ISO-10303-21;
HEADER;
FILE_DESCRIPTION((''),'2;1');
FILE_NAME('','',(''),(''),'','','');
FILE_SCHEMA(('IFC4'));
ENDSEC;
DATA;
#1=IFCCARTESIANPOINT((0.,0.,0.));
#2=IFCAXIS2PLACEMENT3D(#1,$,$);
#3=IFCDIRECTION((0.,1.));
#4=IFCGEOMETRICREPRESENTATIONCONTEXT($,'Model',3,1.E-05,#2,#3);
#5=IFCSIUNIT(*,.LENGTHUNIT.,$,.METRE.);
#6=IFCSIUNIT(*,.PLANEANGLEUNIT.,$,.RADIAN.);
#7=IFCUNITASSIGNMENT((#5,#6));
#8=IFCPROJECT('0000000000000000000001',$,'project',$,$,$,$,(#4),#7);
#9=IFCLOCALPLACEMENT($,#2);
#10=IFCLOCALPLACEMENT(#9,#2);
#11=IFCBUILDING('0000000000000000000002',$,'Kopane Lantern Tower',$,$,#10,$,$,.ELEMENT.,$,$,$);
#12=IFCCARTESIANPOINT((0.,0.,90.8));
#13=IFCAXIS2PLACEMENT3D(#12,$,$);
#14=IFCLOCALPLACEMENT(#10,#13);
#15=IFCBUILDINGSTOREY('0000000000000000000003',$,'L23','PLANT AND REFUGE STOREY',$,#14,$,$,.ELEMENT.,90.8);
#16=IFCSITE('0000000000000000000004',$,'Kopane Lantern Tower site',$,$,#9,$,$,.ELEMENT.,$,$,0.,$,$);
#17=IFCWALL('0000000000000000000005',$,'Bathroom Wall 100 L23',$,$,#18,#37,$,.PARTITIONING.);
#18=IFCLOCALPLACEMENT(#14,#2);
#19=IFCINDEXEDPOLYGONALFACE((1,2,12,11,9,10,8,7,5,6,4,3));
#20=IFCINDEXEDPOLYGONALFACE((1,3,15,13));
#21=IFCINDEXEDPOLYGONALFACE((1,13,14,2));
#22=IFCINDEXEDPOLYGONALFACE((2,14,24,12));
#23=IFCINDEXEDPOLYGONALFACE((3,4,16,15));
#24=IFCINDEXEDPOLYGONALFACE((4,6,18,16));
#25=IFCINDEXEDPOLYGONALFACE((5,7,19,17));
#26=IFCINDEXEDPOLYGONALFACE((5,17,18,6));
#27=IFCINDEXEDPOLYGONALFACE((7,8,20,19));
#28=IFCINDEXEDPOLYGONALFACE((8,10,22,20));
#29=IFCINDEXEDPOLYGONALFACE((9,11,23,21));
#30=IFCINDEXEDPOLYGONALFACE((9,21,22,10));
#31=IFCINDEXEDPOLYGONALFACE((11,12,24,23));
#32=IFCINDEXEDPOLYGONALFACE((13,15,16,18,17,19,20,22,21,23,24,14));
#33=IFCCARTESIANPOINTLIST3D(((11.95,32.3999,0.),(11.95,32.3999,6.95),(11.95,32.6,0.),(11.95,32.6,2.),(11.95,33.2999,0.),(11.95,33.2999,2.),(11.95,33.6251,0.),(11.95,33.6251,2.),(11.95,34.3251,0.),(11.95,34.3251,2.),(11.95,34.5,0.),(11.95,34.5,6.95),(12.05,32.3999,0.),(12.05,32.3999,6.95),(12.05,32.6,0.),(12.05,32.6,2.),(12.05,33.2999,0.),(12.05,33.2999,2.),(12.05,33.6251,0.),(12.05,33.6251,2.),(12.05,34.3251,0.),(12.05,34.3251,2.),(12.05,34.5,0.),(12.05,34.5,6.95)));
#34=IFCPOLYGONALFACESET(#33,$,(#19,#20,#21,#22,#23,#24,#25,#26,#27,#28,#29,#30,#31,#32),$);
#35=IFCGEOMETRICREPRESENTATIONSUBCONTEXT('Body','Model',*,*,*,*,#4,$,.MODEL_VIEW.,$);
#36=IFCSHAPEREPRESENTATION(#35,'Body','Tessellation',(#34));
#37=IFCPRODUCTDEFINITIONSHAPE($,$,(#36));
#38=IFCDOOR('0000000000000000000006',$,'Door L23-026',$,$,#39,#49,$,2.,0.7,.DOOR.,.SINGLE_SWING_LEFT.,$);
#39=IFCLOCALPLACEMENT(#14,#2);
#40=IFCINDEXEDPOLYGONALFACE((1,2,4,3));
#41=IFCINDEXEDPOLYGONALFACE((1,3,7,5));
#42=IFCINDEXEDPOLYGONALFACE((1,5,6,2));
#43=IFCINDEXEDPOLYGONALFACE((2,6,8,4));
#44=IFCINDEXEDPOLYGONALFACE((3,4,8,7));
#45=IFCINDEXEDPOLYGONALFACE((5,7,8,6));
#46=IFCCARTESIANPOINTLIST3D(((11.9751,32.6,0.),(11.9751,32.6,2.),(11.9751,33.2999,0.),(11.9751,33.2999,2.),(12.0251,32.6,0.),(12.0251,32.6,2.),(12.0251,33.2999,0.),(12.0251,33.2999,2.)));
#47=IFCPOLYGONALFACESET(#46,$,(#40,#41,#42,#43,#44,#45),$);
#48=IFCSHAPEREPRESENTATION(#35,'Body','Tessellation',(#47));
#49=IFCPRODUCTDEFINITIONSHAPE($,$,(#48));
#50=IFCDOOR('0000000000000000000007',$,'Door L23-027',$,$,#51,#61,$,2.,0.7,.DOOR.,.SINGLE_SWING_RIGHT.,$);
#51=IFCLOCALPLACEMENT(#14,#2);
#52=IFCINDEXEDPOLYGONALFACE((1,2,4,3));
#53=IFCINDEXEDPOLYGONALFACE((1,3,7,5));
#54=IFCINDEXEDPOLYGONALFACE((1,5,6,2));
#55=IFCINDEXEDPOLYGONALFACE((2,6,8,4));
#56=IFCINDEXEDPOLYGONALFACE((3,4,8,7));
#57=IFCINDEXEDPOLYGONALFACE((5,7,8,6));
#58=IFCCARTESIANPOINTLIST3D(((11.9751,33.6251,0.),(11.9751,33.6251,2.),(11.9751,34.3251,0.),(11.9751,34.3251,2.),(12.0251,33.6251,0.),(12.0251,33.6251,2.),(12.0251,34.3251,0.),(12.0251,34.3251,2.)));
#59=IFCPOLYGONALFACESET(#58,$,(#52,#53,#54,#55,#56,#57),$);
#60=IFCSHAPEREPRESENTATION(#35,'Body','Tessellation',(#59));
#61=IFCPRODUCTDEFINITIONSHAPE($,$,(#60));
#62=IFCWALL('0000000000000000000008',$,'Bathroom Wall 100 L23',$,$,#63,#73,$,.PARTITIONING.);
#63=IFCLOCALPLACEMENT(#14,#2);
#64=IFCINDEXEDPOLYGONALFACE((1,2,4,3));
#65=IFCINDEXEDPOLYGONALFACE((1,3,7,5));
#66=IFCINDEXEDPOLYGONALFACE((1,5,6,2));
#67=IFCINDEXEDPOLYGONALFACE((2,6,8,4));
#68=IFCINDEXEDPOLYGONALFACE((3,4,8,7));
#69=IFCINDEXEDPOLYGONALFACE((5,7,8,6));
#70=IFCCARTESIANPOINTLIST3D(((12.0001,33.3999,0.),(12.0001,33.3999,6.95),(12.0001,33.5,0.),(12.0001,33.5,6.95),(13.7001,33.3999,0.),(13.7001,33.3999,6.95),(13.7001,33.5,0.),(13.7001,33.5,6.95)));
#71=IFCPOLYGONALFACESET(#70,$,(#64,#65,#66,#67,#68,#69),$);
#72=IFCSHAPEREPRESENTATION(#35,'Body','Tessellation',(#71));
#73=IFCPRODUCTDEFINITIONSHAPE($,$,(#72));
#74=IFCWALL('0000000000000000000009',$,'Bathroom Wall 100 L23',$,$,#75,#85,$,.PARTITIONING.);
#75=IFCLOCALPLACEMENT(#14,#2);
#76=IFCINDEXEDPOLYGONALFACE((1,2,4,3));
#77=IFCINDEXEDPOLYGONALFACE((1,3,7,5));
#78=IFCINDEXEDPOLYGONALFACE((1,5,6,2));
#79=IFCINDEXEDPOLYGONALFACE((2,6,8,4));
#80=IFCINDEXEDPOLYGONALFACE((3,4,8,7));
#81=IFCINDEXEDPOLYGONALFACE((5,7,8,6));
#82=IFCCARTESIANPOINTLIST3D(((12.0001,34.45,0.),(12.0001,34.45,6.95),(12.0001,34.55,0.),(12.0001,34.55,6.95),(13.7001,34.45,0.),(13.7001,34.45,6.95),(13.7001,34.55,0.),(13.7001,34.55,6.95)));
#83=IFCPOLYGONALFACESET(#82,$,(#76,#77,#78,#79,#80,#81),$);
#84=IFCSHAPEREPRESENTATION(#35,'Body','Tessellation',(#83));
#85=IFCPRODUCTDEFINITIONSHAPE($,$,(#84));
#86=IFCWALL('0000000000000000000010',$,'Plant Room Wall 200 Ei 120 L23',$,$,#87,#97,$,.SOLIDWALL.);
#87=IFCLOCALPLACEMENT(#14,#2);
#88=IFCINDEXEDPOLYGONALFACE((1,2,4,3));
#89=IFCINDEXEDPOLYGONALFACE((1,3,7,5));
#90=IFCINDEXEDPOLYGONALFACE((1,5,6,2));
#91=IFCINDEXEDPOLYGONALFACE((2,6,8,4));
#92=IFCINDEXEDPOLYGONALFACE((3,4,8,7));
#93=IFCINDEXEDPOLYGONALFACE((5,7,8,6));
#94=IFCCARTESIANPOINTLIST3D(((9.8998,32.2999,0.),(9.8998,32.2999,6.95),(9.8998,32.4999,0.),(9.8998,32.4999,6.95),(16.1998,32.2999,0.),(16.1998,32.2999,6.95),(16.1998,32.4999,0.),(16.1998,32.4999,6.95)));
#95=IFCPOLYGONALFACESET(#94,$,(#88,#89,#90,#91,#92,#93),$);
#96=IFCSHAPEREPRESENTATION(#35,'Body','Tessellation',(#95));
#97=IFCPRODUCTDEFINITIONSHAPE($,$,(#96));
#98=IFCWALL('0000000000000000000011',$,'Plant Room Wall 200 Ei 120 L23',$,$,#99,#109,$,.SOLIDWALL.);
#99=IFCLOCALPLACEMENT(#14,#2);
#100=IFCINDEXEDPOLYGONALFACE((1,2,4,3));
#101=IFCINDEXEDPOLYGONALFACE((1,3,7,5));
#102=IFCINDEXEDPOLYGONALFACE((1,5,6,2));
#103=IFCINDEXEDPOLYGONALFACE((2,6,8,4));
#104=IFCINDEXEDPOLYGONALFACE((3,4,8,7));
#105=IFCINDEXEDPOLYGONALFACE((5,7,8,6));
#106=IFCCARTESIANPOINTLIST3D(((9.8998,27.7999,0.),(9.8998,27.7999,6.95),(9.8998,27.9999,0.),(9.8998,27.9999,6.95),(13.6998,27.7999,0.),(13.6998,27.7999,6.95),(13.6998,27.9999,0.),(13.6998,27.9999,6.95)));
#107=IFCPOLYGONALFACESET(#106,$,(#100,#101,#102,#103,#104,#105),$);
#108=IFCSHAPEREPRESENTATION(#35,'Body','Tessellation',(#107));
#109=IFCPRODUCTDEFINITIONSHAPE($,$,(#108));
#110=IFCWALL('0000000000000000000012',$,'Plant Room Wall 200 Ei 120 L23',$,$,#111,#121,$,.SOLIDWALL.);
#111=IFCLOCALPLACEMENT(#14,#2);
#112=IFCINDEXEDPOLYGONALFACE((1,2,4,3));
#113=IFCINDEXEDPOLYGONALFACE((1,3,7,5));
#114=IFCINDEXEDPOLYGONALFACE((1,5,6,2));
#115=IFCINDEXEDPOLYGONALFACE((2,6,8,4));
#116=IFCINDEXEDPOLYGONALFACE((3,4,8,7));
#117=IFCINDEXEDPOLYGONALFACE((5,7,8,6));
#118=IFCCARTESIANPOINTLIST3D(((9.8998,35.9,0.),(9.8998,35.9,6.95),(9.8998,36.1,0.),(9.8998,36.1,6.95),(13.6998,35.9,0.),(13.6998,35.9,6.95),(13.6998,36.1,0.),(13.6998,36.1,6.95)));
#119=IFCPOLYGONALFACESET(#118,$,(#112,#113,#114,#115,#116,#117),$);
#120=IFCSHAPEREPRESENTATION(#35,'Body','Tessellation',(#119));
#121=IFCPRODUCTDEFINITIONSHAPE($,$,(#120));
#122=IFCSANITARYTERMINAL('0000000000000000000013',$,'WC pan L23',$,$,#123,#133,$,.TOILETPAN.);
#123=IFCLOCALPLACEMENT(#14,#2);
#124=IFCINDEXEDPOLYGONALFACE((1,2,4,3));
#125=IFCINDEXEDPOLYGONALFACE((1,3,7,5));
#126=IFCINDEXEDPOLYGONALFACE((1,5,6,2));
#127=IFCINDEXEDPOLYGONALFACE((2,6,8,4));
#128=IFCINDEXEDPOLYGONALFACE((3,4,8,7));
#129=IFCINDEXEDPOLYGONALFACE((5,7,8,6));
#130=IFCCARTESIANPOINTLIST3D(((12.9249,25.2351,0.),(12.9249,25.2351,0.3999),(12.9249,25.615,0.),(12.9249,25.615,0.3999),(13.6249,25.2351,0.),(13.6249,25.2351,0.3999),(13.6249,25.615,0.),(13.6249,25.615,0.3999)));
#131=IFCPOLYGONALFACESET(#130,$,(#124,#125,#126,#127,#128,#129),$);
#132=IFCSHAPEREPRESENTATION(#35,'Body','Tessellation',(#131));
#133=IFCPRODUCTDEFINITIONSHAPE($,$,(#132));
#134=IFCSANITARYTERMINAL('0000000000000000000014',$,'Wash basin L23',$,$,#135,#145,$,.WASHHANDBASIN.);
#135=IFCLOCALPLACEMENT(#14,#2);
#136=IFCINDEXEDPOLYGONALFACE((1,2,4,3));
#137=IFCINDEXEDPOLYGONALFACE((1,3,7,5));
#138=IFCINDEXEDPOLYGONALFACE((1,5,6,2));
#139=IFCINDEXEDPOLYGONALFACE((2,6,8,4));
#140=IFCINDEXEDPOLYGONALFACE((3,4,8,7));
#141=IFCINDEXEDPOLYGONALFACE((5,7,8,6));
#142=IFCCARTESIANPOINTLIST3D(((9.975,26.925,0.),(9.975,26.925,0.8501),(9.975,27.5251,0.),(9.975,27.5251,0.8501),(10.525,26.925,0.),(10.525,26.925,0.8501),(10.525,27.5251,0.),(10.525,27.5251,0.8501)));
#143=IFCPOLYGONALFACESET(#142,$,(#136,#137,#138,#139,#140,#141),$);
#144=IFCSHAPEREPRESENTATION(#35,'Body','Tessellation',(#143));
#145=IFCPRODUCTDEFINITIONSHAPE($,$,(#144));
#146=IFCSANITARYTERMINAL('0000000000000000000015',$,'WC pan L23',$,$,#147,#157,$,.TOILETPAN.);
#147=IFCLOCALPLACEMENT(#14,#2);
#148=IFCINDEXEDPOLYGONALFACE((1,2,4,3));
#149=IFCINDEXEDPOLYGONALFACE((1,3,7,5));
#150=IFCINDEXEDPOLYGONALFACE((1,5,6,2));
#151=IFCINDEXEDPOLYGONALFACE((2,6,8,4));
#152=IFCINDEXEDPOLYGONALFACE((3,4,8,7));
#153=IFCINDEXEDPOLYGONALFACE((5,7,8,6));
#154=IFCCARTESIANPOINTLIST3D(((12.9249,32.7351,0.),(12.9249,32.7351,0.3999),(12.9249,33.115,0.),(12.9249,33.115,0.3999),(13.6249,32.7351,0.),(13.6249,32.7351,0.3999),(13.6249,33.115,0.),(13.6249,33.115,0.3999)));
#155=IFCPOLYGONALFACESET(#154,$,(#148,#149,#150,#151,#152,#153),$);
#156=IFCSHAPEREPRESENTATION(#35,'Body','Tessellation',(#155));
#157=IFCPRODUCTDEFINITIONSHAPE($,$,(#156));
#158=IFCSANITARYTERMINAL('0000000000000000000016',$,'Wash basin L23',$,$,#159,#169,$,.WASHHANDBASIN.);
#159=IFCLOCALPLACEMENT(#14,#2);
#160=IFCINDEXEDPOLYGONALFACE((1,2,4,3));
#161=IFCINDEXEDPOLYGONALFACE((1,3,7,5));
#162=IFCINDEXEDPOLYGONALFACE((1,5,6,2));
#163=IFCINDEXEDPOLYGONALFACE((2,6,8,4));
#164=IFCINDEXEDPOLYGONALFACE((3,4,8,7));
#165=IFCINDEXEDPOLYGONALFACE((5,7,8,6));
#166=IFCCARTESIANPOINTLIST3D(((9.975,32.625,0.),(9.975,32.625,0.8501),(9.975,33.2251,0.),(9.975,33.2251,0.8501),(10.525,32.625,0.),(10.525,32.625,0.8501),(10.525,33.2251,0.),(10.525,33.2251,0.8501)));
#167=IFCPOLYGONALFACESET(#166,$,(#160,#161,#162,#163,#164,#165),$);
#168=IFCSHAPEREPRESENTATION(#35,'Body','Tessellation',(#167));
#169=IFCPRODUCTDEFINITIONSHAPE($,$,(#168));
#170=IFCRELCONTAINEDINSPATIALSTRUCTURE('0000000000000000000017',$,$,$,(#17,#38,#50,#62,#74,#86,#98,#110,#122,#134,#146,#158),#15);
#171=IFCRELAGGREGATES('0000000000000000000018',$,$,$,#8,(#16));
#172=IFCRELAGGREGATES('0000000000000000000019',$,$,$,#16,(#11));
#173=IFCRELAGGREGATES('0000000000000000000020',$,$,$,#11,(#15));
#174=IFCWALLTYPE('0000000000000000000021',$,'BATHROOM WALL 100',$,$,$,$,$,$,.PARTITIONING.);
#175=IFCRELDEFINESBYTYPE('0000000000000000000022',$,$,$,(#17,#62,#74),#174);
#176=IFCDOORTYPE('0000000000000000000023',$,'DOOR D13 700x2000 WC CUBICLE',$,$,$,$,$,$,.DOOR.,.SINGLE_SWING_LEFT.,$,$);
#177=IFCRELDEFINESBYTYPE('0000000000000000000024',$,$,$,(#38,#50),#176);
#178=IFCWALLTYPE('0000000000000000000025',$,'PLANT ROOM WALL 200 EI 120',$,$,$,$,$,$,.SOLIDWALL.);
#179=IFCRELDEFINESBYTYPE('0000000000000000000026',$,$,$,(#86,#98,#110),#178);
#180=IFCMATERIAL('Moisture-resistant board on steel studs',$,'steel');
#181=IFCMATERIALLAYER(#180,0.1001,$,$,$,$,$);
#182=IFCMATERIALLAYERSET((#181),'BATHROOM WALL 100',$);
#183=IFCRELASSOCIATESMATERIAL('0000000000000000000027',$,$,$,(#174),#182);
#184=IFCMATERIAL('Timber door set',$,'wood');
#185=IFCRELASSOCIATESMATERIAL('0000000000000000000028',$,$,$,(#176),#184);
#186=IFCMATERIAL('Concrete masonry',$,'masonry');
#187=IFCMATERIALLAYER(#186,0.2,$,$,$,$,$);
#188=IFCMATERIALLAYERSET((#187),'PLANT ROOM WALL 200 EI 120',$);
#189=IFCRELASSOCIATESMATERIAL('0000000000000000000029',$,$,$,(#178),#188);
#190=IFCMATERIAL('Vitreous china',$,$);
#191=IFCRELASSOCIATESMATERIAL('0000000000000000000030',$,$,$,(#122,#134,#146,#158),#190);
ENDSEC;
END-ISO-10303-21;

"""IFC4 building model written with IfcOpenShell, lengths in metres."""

from ifc_helpers import new_model, si_unit, direction, frame, frame_2d, origin, origin_2d, place, context, subcontext, project, spatial, rectangle, extrude, material, layer, layer_set, type_object, element, fill, save


model = new_model("IFC4")

# Units and contexts
model_context = context("Model", 3, precision=1e-05, world=origin(), true_north=direction((0.0, 1.0)))
body_context = subcontext(model_context, "Body", "Model", "MODEL_VIEW")
ifc_project = project(units=[si_unit("LENGTHUNIT", "METRE"), si_unit("PLANEANGLEUNIT", "RADIAN")], contexts=[model_context])

# Site, building, storey
site_placement = place(None, origin())
site = spatial("IfcSite", under=ifc_project, at=site_placement, Name="Kopane Lantern Tower site", CompositionType="ELEMENT", RefElevation=0.0)
building_placement = place(site_placement, origin())
building = spatial("IfcBuilding", under=site, at=building_placement, Name="Kopane Lantern Tower", CompositionType="ELEMENT")
storey_placement = place(building_placement, frame((0.0, 0.0, 90.8)))
storey = spatial("IfcBuildingStorey", under=building, at=storey_placement, Name="L23", Description="PLANT AND REFUGE STOREY", CompositionType="ELEMENT", Elevation=90.8)

# Shared definitions
ifc_material_1 = material(Name="Moisture-resistant board on steel studs", Category="steel")
ifc_layer_1 = layer(ifc_material_1, 0.1001)
ifc_layer_set_1 = layer_set([ifc_layer_1], Name="BATHROOM WALL 100")
wall_type_1 = type_object("IfcWallType", Name="BATHROOM WALL 100", PredefinedType="PARTITIONING", material=ifc_layer_set_1)
ifc_material_2 = material(Name="Timber door set", Category="wood")
door_type = type_object("IfcDoorType", Name="DOOR D13 700x2000 WC CUBICLE", OperationType="SINGLE_SWING_LEFT", PredefinedType="DOOR", material=ifc_material_2)

# Wall, openings, doors
wall_1_placement = place(storey_placement, frame((12.0, 32.3999, 0.0), z_axis=(0.0, 0.0, 1.0), x_axis=(0.0, 1.0, 0.0)))
wall_1 = element("IfcWall", 1, at=wall_1_placement, inside=storey, type_object=wall_type_1, Name="Bathroom Wall 100 L23", PredefinedType="PARTITIONING", context=body_context, shape_type="SweptSolid", body=[
    extrude(rectangle(XDim=2.1001, YDim=0.1001, at=frame_2d((1.05, 0.0))), origin(), (0.0, 0.0, 1.0), 6.95),
])
opening_1_placement = place(wall_1_placement, frame((0.2, 0.0, 0.0)))
opening_1 = element("IfcOpeningElement", 2, at=opening_1_placement, cuts=wall_1, PredefinedType="OPENING", context=body_context, shape_type="SweptSolid", body=[
    extrude(rectangle(XDim=0.7, YDim=2.0, at=frame_2d((0.3501, 1.0))), frame((0.0, 0.0601, 0.0), z_axis=(0.0, -1.0, 0.0), x_axis=(1.0, 0.0, 0.0)), (0.0, 0.0, 1.0), 0.1201),
])
opening_2_placement = place(wall_1_placement, frame((1.2251, 0.0, 0.0)))
opening_2 = element("IfcOpeningElement", 3, at=opening_2_placement, cuts=wall_1, PredefinedType="OPENING", context=body_context, shape_type="SweptSolid", body=[
    extrude(rectangle(XDim=0.7, YDim=2.0, at=frame_2d((0.3501, 1.0))), frame((0.0, 0.0601, 0.0), z_axis=(0.0, -1.0, 0.0), x_axis=(1.0, 0.0, 0.0)), (0.0, 0.0, 1.0), 0.1201),
])
door_1_placement = place(opening_1_placement, origin())
door_1 = element("IfcDoor", 4, at=door_1_placement, inside=storey, type_object=door_type, Name="Door L23-026", OperationType="SINGLE_SWING_LEFT", OverallHeight=2.0, OverallWidth=0.7, PredefinedType="DOOR", context=body_context, shape_type="SweptSolid", body=[
    extrude(rectangle(XDim=0.7, YDim=2.0, at=frame_2d((0.3501, 1.0))), frame((0.0, 0.0249, 0.0), z_axis=(0.0, -1.0, 0.0), x_axis=(1.0, 0.0, 0.0)), (0.0, 0.0, 1.0), 0.05),
])
fill(opening_1, door_1)
door_2_placement = place(opening_2_placement, origin())
door_2 = element("IfcDoor", 5, at=door_2_placement, inside=storey, type_object=door_type, Name="Door L23-027", OperationType="SINGLE_SWING_RIGHT", OverallHeight=2.0, OverallWidth=0.7, PredefinedType="DOOR", context=body_context, shape_type="SweptSolid", body=[
    extrude(rectangle(XDim=0.7, YDim=2.0, at=frame_2d((0.3501, 1.0))), frame((0.0, 0.0249, 0.0), z_axis=(0.0, -1.0, 0.0), x_axis=(1.0, 0.0, 0.0)), (0.0, 0.0, 1.0), 0.05),
])
fill(opening_2, door_2)

# Walls
for number, where, z_axis, x_axis, name in (
    (6, (12.0, 33.45, 0.0), (0.0, 0.0, 1.0), (1.0, 0.0, 0.0), "Bathroom Wall 100 L23"),
    (7, (12.0, 34.5, 0.0), (0.0, 0.0, 1.0), (1.0, 0.0, 0.0), "Bathroom Wall 100 L23"),
):
    element("IfcWall", number, at=place(storey_placement, frame(where, z_axis=z_axis, x_axis=x_axis)), inside=storey, type_object=wall_type_1, Name=name, PredefinedType="PARTITIONING", context=body_context, shape_type="SweptSolid", body=[
        extrude(rectangle(XDim=1.7, YDim=0.1001, at=frame_2d((0.8501, 0.0))), origin(), (0.0, 0.0, 1.0), 6.95),
    ])
ifc_material_3 = material(Name="Concrete masonry", Category="masonry")
ifc_layer_2 = layer(ifc_material_3, 0.2)
ifc_layer_set_2 = layer_set([ifc_layer_2], Name="PLANT ROOM WALL 200 EI 120")
wall_type_2 = type_object("IfcWallType", Name="PLANT ROOM WALL 200 EI 120", PredefinedType="SOLIDWALL", material=ifc_layer_set_2)
wall_2_placement = place(storey_placement, frame((9.8999, 32.3999, 0.0), z_axis=(0.0, 0.0, 1.0), x_axis=(1.0, 0.0, 0.0)))
element("IfcWall", 8, at=wall_2_placement, inside=storey, type_object=wall_type_2, Name="Plant Room Wall 200 Ei 120 L23", PredefinedType="SOLIDWALL", context=body_context, shape_type="SweptSolid", body=[
    extrude(rectangle(XDim=6.3, YDim=0.2, at=frame_2d((3.1499, 0.0))), origin(), (0.0, 0.0, 1.0), 6.95),
])
for number, where, z_axis, x_axis, name in (
    (9, (9.8999, 27.8999, 0.0), (0.0, 0.0, 1.0), (1.0, 0.0, 0.0), "Plant Room Wall 200 Ei 120 L23"),
    (10, (9.8999, 36.0, 0.0), (0.0, 0.0, 1.0), (1.0, 0.0, 0.0), "Plant Room Wall 200 Ei 120 L23"),
):
    element("IfcWall", number, at=place(storey_placement, frame(where, z_axis=z_axis, x_axis=x_axis)), inside=storey, type_object=wall_type_2, Name=name, PredefinedType="SOLIDWALL", context=body_context, shape_type="SweptSolid", body=[
        extrude(rectangle(XDim=3.8, YDim=0.2, at=frame_2d((1.8999, 0.0))), origin(), (0.0, 0.0, 1.0), 6.95),
    ])

# Sanitary terminals
ifc_material_4 = material(Name="Vitreous china")
sanitary_terminal_1_placement = place(storey_placement, frame((13.2749, 25.425, 0.0), z_axis=(0.0, 0.0, 1.0), x_axis=(1.0, 0.0, 0.0)))
element("IfcSanitaryTerminal", 11, at=sanitary_terminal_1_placement, inside=storey, material=ifc_material_4, Name="WC pan L23", PredefinedType="TOILETPAN", context=body_context, shape_type="SweptSolid", body=[
    extrude(rectangle(XDim=0.7, YDim=0.3799, at=origin_2d()), origin(), (0.0, 0.0, 1.0), 0.3999),
])
sanitary_terminal_2_placement = place(storey_placement, frame((10.25, 27.2251, 0.0), z_axis=(0.0, 0.0, 1.0), x_axis=(1.0, 0.0, 0.0)))
element("IfcSanitaryTerminal", 12, at=sanitary_terminal_2_placement, inside=storey, material=ifc_material_4, Name="Wash basin L23", PredefinedType="WASHHANDBASIN", context=body_context, shape_type="SweptSolid", body=[
    extrude(rectangle(XDim=0.55, YDim=0.6001, at=origin_2d()), origin(), (0.0, 0.0, 1.0), 0.8501),
])
sanitary_terminal_3_placement = place(storey_placement, frame((13.2749, 32.925, 0.0), z_axis=(0.0, 0.0, 1.0), x_axis=(1.0, 0.0, 0.0)))
element("IfcSanitaryTerminal", 13, at=sanitary_terminal_3_placement, inside=storey, material=ifc_material_4, Name="WC pan L23", PredefinedType="TOILETPAN", context=body_context, shape_type="SweptSolid", body=[
    extrude(rectangle(XDim=0.7, YDim=0.3799, at=origin_2d()), origin(), (0.0, 0.0, 1.0), 0.3999),
])
sanitary_terminal_4_placement = place(storey_placement, frame((10.25, 32.925, 0.0), z_axis=(0.0, 0.0, 1.0), x_axis=(1.0, 0.0, 0.0)))
element("IfcSanitaryTerminal", 14, at=sanitary_terminal_4_placement, inside=storey, material=ifc_material_4, Name="Wash basin L23", PredefinedType="WASHHANDBASIN", context=body_context, shape_type="SweptSolid", body=[
    extrude(rectangle(XDim=0.55, YDim=0.6001, at=origin_2d()), origin(), (0.0, 0.0, 1.0), 0.8501),
])

save(model, "model.ifc")
